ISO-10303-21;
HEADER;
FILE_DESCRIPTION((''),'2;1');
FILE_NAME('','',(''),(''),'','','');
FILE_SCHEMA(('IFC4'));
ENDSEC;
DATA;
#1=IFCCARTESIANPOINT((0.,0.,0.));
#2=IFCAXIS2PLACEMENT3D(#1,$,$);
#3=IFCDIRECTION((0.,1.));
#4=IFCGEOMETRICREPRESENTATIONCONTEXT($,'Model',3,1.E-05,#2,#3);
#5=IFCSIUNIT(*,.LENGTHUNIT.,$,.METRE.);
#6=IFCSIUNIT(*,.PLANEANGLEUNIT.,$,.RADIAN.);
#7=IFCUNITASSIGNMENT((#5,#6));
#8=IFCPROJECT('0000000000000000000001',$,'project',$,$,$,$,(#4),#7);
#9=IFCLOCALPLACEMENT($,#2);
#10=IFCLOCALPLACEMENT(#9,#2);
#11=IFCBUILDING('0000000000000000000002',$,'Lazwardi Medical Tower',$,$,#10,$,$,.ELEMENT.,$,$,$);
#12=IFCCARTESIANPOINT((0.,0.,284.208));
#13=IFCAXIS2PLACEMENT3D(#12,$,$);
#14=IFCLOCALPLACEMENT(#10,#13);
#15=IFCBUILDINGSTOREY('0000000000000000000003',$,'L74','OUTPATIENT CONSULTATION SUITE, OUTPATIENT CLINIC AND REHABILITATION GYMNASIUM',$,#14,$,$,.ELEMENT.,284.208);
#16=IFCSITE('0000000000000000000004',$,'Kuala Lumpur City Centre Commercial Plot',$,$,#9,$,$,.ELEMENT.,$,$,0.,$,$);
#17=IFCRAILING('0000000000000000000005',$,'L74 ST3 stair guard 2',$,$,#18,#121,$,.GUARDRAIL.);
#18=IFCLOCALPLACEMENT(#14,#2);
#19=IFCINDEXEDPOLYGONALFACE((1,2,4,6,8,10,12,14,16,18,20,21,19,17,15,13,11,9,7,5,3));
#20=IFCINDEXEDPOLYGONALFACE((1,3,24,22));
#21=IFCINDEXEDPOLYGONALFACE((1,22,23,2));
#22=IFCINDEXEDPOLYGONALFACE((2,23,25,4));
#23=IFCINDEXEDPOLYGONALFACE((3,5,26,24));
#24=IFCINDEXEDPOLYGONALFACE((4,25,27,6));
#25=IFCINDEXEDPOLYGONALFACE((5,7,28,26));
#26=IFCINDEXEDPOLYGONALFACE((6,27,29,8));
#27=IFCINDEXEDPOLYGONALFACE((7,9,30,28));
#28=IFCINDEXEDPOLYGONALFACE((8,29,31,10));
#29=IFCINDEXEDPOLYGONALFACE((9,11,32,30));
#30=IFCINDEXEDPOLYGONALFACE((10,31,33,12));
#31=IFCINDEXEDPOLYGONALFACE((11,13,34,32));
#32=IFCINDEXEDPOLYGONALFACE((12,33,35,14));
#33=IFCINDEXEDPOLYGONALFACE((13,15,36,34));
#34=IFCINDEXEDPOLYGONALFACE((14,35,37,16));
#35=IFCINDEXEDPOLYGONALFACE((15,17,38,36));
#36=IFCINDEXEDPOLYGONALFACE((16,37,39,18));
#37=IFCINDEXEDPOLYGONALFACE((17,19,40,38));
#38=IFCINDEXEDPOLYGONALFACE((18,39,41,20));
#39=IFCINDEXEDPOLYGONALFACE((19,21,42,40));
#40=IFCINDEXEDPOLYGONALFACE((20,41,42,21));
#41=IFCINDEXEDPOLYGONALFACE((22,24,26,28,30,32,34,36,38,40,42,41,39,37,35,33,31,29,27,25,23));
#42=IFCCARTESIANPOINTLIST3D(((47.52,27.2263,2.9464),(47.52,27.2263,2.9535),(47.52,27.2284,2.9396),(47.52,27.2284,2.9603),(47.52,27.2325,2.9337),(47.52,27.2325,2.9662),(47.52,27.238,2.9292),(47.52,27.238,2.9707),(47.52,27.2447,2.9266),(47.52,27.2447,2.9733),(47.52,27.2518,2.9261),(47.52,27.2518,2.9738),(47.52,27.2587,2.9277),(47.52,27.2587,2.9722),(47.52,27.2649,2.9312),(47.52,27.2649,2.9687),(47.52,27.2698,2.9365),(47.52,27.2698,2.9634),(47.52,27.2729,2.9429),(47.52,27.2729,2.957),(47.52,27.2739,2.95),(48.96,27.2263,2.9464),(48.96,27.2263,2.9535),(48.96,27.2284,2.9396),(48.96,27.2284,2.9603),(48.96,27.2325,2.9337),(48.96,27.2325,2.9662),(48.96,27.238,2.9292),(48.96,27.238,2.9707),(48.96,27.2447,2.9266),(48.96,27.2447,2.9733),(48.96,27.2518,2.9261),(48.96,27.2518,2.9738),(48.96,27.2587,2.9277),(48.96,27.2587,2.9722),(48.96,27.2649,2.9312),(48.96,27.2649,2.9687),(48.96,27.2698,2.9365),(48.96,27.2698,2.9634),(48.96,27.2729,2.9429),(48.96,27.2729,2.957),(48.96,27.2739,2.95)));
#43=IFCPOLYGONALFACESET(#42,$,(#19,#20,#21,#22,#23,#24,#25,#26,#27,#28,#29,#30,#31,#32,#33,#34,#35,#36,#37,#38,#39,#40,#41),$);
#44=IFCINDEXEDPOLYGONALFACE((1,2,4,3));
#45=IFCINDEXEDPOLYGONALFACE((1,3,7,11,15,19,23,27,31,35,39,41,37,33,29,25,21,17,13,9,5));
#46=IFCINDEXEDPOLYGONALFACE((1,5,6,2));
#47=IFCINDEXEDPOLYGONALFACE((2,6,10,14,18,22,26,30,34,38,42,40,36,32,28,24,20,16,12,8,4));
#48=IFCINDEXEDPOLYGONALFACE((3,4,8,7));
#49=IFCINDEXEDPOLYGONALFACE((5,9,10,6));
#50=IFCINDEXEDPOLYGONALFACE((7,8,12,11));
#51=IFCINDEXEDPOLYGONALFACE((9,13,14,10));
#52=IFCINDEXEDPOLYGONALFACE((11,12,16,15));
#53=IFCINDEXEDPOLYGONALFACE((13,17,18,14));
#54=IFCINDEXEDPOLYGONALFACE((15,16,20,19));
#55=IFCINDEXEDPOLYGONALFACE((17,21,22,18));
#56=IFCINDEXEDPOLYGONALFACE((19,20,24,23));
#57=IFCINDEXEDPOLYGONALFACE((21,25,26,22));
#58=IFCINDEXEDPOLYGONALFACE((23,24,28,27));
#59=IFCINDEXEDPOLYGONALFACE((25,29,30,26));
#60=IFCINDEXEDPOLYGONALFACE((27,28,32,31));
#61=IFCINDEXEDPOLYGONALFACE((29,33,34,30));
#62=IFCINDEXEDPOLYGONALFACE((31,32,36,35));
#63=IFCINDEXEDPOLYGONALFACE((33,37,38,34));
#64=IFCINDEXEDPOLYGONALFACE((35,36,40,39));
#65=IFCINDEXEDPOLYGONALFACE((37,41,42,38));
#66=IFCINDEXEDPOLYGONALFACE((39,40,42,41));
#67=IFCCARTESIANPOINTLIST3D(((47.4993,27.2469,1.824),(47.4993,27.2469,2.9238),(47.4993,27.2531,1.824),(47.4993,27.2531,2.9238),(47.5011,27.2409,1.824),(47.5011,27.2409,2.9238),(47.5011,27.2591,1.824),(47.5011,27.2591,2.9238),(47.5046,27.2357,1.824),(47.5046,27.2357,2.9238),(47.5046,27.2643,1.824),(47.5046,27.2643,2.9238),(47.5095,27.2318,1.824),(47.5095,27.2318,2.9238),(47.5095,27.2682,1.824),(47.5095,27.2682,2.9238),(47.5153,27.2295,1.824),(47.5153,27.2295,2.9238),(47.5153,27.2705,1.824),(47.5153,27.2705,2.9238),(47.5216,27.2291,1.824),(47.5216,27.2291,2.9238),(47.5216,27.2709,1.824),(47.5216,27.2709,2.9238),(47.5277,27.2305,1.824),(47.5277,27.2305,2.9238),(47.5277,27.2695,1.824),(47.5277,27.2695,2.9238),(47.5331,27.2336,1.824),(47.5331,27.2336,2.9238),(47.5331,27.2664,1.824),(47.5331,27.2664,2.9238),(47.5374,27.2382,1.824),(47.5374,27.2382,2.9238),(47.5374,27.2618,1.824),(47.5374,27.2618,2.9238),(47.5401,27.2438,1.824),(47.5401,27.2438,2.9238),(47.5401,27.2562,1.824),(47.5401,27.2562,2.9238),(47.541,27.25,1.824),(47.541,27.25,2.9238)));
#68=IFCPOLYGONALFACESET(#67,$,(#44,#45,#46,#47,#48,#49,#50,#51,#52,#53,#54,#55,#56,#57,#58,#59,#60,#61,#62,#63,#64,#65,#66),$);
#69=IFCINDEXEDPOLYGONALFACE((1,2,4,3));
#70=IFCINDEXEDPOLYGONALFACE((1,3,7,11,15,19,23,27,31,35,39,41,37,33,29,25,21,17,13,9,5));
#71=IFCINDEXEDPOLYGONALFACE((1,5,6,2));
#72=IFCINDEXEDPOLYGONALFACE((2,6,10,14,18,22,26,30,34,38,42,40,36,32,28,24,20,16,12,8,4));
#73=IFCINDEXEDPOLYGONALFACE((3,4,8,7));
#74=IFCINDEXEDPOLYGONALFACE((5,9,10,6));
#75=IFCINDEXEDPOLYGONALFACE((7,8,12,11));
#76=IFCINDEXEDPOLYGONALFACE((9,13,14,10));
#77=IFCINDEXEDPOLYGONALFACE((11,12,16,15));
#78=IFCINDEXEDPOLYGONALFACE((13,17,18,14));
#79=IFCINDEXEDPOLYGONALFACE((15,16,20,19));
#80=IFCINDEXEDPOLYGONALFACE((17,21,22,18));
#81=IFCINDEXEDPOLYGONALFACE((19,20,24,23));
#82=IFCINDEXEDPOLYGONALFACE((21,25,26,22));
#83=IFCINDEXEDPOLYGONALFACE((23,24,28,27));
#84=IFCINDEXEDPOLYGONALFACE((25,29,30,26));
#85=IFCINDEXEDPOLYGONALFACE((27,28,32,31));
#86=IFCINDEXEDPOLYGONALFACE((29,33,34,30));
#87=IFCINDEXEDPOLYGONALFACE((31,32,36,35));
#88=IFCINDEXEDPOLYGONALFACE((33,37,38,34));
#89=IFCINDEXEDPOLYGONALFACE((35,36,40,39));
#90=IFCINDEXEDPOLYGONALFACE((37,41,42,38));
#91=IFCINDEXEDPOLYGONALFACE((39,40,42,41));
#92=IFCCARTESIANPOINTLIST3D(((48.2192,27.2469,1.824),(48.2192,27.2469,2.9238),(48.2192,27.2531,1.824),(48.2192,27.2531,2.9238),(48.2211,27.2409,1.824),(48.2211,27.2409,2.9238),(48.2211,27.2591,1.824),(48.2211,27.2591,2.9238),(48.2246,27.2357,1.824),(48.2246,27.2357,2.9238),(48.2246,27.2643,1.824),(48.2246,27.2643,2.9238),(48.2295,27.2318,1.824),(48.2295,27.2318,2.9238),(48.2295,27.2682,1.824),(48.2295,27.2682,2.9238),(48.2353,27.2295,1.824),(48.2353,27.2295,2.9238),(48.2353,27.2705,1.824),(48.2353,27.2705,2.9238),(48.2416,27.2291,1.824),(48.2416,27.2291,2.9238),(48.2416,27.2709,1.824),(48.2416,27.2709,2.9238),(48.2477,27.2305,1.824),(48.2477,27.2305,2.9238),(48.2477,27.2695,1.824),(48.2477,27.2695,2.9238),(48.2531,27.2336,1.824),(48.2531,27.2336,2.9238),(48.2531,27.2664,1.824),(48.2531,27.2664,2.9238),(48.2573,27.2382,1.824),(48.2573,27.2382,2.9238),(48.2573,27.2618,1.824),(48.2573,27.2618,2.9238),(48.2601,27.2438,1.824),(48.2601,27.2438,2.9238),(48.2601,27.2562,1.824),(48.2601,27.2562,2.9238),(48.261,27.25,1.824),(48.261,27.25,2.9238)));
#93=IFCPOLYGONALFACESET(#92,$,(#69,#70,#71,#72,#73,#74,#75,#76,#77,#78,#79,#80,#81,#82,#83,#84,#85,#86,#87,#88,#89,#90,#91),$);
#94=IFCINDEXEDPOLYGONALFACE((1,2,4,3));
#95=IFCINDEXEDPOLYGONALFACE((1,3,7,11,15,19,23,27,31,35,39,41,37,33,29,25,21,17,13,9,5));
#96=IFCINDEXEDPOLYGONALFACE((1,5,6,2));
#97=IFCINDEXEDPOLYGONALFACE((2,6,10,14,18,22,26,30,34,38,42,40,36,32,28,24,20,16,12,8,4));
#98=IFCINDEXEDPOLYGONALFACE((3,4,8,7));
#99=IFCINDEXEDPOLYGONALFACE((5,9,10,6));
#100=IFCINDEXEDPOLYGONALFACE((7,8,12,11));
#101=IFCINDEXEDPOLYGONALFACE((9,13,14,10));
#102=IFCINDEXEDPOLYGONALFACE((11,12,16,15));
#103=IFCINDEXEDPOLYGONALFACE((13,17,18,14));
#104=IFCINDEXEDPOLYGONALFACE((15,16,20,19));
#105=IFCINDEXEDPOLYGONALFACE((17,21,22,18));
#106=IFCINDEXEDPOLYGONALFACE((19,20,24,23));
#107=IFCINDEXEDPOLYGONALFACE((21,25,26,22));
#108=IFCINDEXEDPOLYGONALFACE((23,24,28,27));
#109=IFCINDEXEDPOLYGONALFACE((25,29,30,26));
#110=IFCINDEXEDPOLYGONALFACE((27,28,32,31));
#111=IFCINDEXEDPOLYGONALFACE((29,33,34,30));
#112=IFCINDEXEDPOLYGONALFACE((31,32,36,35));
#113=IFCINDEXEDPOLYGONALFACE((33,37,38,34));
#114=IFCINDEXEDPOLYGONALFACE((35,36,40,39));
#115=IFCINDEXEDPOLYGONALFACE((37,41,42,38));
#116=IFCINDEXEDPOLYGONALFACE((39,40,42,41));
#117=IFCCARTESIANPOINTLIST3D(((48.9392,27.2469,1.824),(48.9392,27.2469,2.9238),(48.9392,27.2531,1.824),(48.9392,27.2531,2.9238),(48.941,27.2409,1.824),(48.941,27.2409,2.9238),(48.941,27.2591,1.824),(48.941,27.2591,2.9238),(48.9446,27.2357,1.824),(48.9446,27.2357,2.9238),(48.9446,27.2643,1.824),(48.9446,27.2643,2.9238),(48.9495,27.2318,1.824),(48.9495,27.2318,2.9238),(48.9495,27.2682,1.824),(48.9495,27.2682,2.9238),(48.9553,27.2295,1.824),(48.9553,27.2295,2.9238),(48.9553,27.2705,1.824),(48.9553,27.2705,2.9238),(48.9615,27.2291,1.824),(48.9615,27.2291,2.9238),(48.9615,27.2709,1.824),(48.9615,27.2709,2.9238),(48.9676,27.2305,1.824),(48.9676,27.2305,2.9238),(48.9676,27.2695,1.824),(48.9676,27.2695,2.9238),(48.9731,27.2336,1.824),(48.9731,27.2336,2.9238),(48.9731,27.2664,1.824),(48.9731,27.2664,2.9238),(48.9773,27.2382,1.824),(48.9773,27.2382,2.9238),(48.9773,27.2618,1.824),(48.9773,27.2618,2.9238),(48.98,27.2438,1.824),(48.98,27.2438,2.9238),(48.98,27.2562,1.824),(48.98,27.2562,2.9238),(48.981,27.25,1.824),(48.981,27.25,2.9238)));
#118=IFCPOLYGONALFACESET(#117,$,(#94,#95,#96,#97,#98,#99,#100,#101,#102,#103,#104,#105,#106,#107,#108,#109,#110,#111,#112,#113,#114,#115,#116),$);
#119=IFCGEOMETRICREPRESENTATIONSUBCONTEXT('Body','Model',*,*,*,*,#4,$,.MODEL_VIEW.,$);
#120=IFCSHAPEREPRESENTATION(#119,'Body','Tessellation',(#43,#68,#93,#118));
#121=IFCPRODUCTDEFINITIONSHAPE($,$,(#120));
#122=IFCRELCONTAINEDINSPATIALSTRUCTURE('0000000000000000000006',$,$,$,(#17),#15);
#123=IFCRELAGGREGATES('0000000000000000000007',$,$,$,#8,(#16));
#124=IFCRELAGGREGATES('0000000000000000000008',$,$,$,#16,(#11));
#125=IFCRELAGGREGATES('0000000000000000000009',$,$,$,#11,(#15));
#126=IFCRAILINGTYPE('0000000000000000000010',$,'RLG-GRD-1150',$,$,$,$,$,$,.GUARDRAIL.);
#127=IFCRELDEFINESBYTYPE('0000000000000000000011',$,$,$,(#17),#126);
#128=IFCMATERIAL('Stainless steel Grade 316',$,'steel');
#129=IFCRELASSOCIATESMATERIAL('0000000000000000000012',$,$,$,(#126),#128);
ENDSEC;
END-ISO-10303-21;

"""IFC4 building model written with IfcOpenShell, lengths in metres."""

from ifc_helpers import new_model, si_unit, direction, frame, origin, origin_2d, place, context, subcontext, project, spatial, circle, extrude, material, type_object, element, save


model = new_model("IFC4")

# Units and contexts
model_context = context("Model", 3, precision=1e-05, world=origin(), true_north=direction((0.0, 1.0)))
body_context = subcontext(model_context, "Body", "Model", "MODEL_VIEW")
ifc_project = project(units=[si_unit("LENGTHUNIT", "METRE"), si_unit("PLANEANGLEUNIT", "RADIAN")], contexts=[model_context])

# Site, building, storey
site_placement = place(None, origin())
site = spatial("IfcSite", under=ifc_project, at=site_placement, Name="Kuala Lumpur City Centre Commercial Plot", CompositionType="ELEMENT", RefElevation=0.0)
building_placement = place(site_placement, origin())
building = spatial("IfcBuilding", under=site, at=building_placement, Name="Lazwardi Medical Tower", CompositionType="ELEMENT")
storey_placement = place(building_placement, frame((0.0, 0.0, 284.208)))
storey = spatial("IfcBuildingStorey", under=building, at=storey_placement, Name="L74", Description="OUTPATIENT CONSULTATION SUITE, OUTPATIENT CLINIC AND REHABILITATION GYMNASIUM", CompositionType="ELEMENT", Elevation=284.208)

# Railing
ifc_material_1 = material(Name="Stainless steel Grade 316", Category="steel")
railing_type_1 = type_object("IfcRailingType", Name="RLG-GRD-1150", PredefinedType="GUARDRAIL", material=ifc_material_1)
railing_1_placement = place(storey_placement, frame((47.52, 27.25, 1.824)))
element("IfcRailing", 1, at=railing_1_placement, inside=storey, type_object=railing_type_1, Name="L74 ST3 stair guard 2", PredefinedType="GUARDRAIL", context=body_context, shape_type="SweptSolid", body=[
    extrude(circle(Radius=0.0239, at=origin_2d()), frame((0.0, 0.0, 1.126), z_axis=(1.0, 0.0, 0.0), x_axis=(0.0, 1.0, 0.0)), (0.0, 0.0, 1.0), 1.4399),
    extrude(circle(Radius=0.021, at=origin_2d()), origin(), (0.0, 0.0, 1.0), 1.0999),
    extrude(circle(Radius=0.021, at=origin_2d()), frame((0.72, 0.0, 0.0)), (0.0, 0.0, 1.0), 1.0999),
    extrude(circle(Radius=0.021, at=origin_2d()), frame((1.4399, 0.0, 0.0)), (0.0, 0.0, 1.0), 1.0999),
])

save(model, "model.ifc")
